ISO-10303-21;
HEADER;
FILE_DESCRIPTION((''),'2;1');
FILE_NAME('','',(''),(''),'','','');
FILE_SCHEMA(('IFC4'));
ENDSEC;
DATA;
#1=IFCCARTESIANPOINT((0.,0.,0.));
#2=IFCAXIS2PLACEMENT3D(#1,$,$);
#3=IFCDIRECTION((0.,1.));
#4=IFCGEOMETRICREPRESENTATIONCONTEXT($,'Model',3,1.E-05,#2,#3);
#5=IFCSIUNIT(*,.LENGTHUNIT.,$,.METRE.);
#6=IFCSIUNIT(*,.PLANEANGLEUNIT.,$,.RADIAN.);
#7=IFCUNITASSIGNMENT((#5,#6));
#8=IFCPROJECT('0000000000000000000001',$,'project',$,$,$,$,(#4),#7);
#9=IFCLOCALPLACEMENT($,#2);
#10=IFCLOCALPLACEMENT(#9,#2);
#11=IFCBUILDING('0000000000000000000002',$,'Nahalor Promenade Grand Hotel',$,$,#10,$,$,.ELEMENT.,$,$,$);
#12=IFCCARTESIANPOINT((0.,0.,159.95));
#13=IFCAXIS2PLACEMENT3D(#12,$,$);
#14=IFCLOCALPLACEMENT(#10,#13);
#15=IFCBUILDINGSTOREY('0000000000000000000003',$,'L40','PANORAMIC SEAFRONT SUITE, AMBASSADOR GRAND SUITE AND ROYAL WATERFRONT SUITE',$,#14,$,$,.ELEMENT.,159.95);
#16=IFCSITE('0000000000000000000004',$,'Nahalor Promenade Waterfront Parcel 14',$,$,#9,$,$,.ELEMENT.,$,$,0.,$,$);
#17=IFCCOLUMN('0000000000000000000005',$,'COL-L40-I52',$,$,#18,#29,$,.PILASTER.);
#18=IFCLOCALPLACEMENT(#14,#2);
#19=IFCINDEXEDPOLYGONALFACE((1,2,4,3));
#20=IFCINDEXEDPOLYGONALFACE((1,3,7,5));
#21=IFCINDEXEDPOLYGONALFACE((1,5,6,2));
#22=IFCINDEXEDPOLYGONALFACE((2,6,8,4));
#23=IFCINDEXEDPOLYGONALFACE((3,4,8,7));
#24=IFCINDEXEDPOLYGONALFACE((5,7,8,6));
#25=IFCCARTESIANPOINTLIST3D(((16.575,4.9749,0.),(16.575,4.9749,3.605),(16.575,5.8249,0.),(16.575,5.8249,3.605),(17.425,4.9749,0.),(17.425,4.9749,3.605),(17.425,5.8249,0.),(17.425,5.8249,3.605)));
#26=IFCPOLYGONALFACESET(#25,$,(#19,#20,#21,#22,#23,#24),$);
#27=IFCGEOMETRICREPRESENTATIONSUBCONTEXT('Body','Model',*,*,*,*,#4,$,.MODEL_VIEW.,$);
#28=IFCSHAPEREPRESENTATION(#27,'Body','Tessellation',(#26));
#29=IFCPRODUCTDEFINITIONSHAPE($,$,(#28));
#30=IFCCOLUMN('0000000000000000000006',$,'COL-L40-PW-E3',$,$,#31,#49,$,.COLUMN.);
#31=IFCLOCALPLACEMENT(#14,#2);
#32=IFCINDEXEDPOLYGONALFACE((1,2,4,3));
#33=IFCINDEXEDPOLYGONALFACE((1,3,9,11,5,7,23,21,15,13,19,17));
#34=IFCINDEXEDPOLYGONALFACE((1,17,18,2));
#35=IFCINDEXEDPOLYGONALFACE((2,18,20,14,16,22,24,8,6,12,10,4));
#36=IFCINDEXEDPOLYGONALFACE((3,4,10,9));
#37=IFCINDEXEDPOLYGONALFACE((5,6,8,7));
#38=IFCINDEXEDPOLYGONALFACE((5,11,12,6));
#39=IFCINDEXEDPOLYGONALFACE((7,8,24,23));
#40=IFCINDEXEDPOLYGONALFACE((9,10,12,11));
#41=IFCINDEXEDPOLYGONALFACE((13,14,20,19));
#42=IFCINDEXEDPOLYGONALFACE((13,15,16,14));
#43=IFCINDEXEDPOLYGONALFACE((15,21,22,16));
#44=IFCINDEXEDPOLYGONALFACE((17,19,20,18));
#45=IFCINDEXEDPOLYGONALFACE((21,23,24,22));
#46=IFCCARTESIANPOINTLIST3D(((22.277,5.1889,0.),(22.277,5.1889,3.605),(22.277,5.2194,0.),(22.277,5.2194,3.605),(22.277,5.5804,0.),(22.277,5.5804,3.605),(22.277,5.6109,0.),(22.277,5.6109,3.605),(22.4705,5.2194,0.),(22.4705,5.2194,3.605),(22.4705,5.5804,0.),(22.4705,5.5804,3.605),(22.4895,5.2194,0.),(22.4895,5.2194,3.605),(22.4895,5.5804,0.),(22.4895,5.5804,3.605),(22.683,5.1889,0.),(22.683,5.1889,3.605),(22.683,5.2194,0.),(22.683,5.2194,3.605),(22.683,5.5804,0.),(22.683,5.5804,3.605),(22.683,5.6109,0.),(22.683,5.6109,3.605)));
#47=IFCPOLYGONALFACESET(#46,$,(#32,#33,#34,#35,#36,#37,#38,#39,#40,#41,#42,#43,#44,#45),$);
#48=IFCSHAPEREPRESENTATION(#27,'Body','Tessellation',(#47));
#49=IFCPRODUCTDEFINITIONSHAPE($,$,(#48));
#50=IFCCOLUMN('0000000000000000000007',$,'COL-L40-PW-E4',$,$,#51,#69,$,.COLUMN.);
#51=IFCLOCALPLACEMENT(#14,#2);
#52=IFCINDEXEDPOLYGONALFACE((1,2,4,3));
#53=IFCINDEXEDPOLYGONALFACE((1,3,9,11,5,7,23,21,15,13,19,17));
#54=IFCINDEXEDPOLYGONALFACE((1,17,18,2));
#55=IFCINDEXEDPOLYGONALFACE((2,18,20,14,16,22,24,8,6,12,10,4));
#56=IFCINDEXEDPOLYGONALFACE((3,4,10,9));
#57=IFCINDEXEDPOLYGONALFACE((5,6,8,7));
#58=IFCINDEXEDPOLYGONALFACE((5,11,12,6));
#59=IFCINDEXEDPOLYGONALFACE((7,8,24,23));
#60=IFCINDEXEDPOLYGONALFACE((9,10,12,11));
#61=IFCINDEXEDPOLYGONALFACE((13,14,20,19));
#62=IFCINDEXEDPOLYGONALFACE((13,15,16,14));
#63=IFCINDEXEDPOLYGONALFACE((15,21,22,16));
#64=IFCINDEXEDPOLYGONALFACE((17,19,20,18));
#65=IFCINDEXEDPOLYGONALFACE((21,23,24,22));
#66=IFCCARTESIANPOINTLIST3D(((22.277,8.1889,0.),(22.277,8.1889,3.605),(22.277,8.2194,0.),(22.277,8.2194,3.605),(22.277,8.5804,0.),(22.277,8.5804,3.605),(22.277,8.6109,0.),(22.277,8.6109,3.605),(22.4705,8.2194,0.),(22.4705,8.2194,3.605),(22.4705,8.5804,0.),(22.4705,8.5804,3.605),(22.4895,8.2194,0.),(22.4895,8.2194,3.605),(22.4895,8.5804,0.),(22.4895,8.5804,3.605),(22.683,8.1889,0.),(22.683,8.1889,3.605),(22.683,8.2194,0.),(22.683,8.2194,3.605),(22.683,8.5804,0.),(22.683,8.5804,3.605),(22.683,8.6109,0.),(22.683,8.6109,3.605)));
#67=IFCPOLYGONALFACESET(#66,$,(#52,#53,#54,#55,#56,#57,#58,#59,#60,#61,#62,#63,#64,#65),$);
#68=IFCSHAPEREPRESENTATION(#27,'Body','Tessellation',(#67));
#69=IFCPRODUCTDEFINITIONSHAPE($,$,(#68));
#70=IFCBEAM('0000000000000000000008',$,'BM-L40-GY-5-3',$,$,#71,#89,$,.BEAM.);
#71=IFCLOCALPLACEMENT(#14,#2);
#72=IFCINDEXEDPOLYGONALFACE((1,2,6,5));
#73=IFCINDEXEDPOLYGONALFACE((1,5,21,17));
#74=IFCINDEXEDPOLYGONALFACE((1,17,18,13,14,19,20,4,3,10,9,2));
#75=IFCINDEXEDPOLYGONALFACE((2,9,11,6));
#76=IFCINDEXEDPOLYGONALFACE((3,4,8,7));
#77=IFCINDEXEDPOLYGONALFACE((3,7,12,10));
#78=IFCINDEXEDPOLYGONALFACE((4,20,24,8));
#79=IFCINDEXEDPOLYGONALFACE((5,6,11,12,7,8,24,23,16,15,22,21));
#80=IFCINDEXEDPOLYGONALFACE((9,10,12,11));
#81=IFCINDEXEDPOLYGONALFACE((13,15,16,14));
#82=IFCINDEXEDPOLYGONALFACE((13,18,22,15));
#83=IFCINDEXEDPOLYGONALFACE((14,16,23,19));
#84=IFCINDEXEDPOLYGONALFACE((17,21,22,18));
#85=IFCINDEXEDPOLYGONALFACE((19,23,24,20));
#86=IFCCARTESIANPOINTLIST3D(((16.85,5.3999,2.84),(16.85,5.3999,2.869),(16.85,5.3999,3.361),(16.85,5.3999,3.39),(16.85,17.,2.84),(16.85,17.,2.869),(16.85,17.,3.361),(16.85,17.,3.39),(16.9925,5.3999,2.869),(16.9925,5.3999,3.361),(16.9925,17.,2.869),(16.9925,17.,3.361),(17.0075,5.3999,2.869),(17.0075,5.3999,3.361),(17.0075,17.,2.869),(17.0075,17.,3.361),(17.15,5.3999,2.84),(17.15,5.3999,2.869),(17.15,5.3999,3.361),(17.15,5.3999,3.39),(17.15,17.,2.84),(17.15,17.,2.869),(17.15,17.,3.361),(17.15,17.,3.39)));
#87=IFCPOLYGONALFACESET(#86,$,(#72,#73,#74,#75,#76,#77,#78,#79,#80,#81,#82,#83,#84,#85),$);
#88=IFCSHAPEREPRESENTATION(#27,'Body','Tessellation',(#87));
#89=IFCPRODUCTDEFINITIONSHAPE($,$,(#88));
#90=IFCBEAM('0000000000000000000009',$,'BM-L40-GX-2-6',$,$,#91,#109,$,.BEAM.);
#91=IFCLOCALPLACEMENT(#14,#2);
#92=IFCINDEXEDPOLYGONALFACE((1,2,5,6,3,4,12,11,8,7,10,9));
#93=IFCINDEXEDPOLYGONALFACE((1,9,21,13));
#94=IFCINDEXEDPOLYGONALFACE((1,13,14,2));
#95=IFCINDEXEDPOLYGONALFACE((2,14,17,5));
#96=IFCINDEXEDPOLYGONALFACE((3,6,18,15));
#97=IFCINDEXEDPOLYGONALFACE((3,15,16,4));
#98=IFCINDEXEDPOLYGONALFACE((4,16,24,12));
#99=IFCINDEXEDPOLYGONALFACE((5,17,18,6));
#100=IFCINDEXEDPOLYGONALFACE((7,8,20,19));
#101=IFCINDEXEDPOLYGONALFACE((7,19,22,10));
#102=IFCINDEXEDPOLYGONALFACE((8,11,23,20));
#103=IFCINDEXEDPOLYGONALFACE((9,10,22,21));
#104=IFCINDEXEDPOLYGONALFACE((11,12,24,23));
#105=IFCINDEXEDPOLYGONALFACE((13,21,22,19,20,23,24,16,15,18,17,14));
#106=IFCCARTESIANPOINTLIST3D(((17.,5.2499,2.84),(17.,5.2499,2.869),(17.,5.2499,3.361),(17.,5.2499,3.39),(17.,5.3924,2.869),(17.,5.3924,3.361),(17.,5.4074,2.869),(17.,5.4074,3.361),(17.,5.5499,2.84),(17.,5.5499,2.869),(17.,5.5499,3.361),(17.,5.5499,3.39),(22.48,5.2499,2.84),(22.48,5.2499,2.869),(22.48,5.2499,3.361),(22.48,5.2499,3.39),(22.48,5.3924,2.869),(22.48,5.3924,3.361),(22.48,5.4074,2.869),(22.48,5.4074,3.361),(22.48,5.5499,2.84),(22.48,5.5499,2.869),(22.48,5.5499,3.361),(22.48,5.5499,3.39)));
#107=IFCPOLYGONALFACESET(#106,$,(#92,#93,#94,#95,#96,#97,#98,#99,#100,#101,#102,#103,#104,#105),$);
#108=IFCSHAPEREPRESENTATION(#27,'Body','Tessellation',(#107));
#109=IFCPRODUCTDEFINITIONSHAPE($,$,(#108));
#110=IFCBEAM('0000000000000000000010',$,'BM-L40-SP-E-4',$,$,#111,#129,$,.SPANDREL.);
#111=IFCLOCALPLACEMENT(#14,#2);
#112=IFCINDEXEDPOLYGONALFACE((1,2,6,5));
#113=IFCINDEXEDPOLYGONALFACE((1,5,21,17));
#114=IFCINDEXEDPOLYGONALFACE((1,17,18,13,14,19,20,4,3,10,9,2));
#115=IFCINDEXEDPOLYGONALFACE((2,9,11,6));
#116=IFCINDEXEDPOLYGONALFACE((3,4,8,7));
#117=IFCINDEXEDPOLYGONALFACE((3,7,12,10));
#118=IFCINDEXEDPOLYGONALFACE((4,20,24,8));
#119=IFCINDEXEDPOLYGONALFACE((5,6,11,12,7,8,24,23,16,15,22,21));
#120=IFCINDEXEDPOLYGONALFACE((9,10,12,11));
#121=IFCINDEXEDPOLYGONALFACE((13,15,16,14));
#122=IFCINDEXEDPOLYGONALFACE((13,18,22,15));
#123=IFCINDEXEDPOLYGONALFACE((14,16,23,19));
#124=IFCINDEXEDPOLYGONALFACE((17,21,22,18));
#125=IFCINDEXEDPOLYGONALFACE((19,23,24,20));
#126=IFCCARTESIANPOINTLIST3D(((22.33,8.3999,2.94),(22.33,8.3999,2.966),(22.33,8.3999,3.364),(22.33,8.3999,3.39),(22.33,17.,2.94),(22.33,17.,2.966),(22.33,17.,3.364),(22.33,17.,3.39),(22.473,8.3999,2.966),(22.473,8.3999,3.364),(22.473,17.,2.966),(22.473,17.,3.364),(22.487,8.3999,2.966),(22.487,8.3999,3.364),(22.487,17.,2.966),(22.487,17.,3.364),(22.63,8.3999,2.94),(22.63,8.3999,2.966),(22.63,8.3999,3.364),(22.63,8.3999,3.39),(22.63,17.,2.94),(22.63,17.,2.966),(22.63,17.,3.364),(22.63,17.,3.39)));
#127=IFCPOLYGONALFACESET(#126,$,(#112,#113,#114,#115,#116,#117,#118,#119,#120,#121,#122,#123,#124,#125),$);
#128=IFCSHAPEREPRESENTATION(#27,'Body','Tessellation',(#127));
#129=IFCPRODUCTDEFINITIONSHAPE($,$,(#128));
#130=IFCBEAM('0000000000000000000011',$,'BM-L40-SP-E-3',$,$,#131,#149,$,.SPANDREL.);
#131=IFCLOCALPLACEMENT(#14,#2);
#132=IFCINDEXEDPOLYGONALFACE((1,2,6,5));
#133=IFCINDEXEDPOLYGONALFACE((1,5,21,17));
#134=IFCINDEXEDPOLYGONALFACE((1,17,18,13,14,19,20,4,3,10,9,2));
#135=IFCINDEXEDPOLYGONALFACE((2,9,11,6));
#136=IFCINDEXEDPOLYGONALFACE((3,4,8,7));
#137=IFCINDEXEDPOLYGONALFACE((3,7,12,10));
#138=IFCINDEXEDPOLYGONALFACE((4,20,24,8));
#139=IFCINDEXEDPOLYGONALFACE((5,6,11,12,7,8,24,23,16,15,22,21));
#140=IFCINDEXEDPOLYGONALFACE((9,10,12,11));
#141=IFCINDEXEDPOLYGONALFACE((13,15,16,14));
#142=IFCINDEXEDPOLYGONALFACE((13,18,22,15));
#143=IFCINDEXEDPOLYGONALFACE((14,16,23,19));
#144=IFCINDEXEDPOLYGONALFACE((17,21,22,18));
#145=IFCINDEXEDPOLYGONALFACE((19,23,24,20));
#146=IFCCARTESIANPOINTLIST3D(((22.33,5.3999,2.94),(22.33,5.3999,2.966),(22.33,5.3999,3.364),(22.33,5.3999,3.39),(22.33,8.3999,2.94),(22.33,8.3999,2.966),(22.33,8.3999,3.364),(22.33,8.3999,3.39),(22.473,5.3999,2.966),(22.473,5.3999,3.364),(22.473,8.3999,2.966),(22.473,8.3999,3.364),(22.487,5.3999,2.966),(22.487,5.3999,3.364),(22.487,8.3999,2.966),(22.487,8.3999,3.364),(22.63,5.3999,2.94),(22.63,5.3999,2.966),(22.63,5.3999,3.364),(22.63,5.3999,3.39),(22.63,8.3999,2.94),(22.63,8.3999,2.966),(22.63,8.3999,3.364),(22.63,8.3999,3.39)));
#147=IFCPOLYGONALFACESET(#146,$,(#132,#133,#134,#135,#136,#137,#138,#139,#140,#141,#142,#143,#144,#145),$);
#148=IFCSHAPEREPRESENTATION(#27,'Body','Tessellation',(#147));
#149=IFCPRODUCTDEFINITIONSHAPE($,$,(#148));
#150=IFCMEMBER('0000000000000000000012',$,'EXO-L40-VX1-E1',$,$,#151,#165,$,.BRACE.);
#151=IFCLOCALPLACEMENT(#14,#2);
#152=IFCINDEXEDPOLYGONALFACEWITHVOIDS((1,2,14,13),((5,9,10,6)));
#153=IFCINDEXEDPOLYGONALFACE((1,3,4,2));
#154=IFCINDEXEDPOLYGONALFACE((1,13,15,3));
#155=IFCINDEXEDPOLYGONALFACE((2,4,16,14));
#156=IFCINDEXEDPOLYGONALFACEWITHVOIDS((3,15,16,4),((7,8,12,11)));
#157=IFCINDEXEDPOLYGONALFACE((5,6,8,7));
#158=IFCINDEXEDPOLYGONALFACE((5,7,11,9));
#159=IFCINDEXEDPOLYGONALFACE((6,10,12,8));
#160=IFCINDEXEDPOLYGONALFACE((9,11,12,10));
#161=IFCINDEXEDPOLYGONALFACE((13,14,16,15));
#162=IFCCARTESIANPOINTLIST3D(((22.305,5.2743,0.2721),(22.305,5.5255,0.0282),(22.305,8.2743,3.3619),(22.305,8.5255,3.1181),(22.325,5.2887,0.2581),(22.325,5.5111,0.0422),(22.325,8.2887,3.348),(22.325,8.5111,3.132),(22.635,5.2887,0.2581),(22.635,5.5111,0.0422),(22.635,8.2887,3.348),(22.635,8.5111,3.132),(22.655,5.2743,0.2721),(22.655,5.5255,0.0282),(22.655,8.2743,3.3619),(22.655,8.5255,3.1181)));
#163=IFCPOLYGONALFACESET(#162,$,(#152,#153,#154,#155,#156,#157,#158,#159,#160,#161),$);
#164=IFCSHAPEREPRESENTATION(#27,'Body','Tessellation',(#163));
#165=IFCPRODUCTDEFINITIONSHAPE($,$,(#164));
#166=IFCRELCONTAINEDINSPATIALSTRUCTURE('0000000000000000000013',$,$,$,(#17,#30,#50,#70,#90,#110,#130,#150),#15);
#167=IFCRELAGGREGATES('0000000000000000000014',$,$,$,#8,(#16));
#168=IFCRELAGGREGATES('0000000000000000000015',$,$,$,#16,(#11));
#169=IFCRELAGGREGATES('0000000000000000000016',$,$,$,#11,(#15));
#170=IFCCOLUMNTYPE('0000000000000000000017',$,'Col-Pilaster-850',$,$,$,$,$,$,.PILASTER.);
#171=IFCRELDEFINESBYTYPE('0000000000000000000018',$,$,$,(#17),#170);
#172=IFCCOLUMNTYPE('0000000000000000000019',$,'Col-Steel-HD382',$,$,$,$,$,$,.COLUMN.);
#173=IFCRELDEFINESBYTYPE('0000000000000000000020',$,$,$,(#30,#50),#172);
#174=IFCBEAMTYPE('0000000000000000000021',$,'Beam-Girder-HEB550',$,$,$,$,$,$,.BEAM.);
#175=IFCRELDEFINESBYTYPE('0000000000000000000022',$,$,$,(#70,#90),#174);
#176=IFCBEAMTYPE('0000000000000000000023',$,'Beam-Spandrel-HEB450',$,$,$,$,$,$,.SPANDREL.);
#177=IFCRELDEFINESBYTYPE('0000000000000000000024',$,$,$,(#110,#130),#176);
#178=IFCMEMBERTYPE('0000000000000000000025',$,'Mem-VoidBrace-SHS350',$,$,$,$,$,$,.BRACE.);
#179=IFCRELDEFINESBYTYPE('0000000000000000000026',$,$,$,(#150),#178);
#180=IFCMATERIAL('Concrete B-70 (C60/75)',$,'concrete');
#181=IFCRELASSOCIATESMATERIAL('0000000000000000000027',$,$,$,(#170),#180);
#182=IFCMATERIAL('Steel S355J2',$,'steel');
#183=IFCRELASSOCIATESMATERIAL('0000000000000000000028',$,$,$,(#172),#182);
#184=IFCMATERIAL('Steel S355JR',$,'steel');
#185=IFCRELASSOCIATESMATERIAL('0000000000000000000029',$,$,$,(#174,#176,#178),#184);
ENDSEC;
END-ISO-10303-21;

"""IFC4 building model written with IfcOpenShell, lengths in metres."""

from ifc_helpers import new_model, si_unit, direction, frame, origin, origin_2d, place, context, subcontext, project, spatial, rectangle, hollow_rectangle, i_section, extrude, source, transform, mapped, material, material_profile, profile_set, type_object, element, save


model = new_model("IFC4")

# Units and contexts
model_context = context("Model", 3, precision=1e-05, world=origin(), true_north=direction((0.0, 1.0)))
body_context = subcontext(model_context, "Body", "Model", "MODEL_VIEW")
ifc_project = project(units=[si_unit("LENGTHUNIT", "METRE"), si_unit("PLANEANGLEUNIT", "RADIAN")], contexts=[model_context])

# Site, building, storey
site_placement = place(None, origin())
site = spatial("IfcSite", under=ifc_project, at=site_placement, Name="Nahalor Promenade Waterfront Parcel 14", CompositionType="ELEMENT", RefElevation=0.0)
building_placement = place(site_placement, origin())
building = spatial("IfcBuilding", under=site, at=building_placement, Name="Nahalor Promenade Grand Hotel", CompositionType="ELEMENT")
storey_placement = place(building_placement, frame((0.0, 0.0, 159.95)))
storey = spatial("IfcBuildingStorey", under=building, at=storey_placement, Name="L40", Description="PANORAMIC SEAFRONT SUITE, AMBASSADOR GRAND SUITE AND ROYAL WATERFRONT SUITE", CompositionType="ELEMENT", Elevation=159.95)

# Columns
ifc_material_1 = material(Name="Concrete B-70 (C60/75)", Category="concrete")
ifc_material_profile_1 = material_profile(ifc_material_1, rectangle(XDim=0.85, YDim=0.85, at=origin_2d()), Name="RC 850x850")
ifc_profile_set_1 = profile_set([ifc_material_profile_1], Name="Concrete B-70 (C60/75)")
column_type_1 = type_object("IfcColumnType", Name="Col-Pilaster-850", PredefinedType="PILASTER", material=ifc_profile_set_1)
shared_shape_1 = source(origin(), body_context, "Body", "SweptSolid", [
    extrude(rectangle(XDim=0.85, YDim=0.85, at=origin_2d()), origin(), (0.0, 0.0, 1.0), 3.605),
])
column_placement = place(storey_placement, frame((17.0, 5.3999, 0.0), z_axis=(0.0, 0.0, 1.0), x_axis=(1.0, 0.0, 0.0)))
element("IfcColumn", 1, at=column_placement, inside=storey, type_object=column_type_1, Name="COL-L40-I52", PredefinedType="PILASTER", context=body_context, shape_type="MappedRepresentation", body=[
    mapped(shared_shape_1, transform((0.0, 0.0, 0.0), scale=1.0)),
])
ifc_material_2 = material(Name="Steel S355J2", Category="steel")
ifc_material_profile_2 = material_profile(ifc_material_2, i_section(OverallWidth=0.406, OverallDepth=0.422, WebThickness=0.019, FlangeThickness=0.0305, at=origin_2d()), Name="HD 400x382")
ifc_profile_set_2 = profile_set([ifc_material_profile_2], Name="Steel S355J2")
column_type_2 = type_object("IfcColumnType", Name="Col-Steel-HD382", PredefinedType="COLUMN", material=ifc_profile_set_2)
shared_shape_2 = source(origin(), body_context, "Body", "SweptSolid", [
    extrude(i_section(OverallWidth=0.406, OverallDepth=0.422, WebThickness=0.019, FlangeThickness=0.0305, at=origin_2d()), origin(), (0.0, 0.0, 1.0), 3.605),
])
for number, where, z_axis, x_axis, name in (
    (2, (22.48, 5.3999, 0.0), (0.0, 0.0, 1.0), (1.0, 0.0, 0.0), "COL-L40-PW-E3"),
    (3, (22.48, 8.3999, 0.0), (0.0, 0.0, 1.0), (1.0, 0.0, 0.0), "COL-L40-PW-E4"),
):
    element("IfcColumn", number, at=place(storey_placement, frame(where, z_axis=z_axis, x_axis=x_axis)), inside=storey, type_object=column_type_2, Name=name, PredefinedType="COLUMN", context=body_context, shape_type="MappedRepresentation", body=[
        mapped(shared_shape_2, transform((0.0, 0.0, 0.0), scale=1.0)),
    ])

# Beams
ifc_material_3 = material(Name="Steel S355JR", Category="steel")
ifc_material_profile_3 = material_profile(ifc_material_3, i_section(OverallWidth=0.3, OverallDepth=0.55, WebThickness=0.015, FlangeThickness=0.029, at=origin_2d()), Name="HEB 550")
ifc_profile_set_3 = profile_set([ifc_material_profile_3], Name="Steel S355JR")
beam_type_1 = type_object("IfcBeamType", Name="Beam-Girder-HEB550", PredefinedType="BEAM", material=ifc_profile_set_3)
shared_shape_3 = source(origin(), body_context, "Body", "SweptSolid", [
    extrude(i_section(OverallWidth=0.3, OverallDepth=0.55, WebThickness=0.015, FlangeThickness=0.029, at=origin_2d()), origin(), (0.0, 0.0, 1.0), 11.6001),
])
beam_1_placement = place(storey_placement, frame((17.0, 5.3999, 3.115), z_axis=(0.0, 1.0, 0.0), x_axis=(-1.0, 0.0, 0.0)))
element("IfcBeam", 4, at=beam_1_placement, inside=storey, type_object=beam_type_1, Name="BM-L40-GY-5-3", PredefinedType="BEAM", context=body_context, shape_type="MappedRepresentation", body=[
    mapped(shared_shape_3, transform((0.0, 0.0, 0.0), scale=1.0)),
])
shared_shape_4 = source(origin(), body_context, "Body", "SweptSolid", [
    extrude(i_section(OverallWidth=0.3, OverallDepth=0.55, WebThickness=0.015, FlangeThickness=0.029, at=origin_2d()), origin(), (0.0, 0.0, 1.0), 5.48),
])
beam_2_placement = place(storey_placement, frame((17.0, 5.3999, 3.115), z_axis=(1.0, 0.0, 0.0), x_axis=(0.0, 1.0, 0.0)))
element("IfcBeam", 5, at=beam_2_placement, inside=storey, type_object=beam_type_1, Name="BM-L40-GX-2-6", PredefinedType="BEAM", context=body_context, shape_type="MappedRepresentation", body=[
    mapped(shared_shape_4, transform((0.0, 0.0, 0.0), scale=1.0)),
])
ifc_material_profile_4 = material_profile(ifc_material_3, i_section(OverallWidth=0.3, OverallDepth=0.45, WebThickness=0.014, FlangeThickness=0.026, at=origin_2d()), Name="HEB 450")
ifc_profile_set_4 = profile_set([ifc_material_profile_4], Name="Steel S355JR")
beam_type_2 = type_object("IfcBeamType", Name="Beam-Spandrel-HEB450", PredefinedType="SPANDREL", material=ifc_profile_set_4)
shared_shape_5 = source(origin(), body_context, "Body", "SweptSolid", [
    extrude(i_section(OverallWidth=0.3, OverallDepth=0.45, WebThickness=0.014, FlangeThickness=0.026, at=origin_2d()), origin(), (0.0, 0.0, 1.0), 8.6001),
])
beam_3_placement = place(storey_placement, frame((22.48, 8.3999, 3.165), z_axis=(0.0, 1.0, 0.0), x_axis=(-1.0, 0.0, 0.0)))
element("IfcBeam", 6, at=beam_3_placement, inside=storey, type_object=beam_type_2, Name="BM-L40-SP-E-4", PredefinedType="SPANDREL", context=body_context, shape_type="MappedRepresentation", body=[
    mapped(shared_shape_5, transform((0.0, 0.0, 0.0), scale=1.0)),
])
shared_shape_6 = source(origin(), body_context, "Body", "SweptSolid", [
    extrude(i_section(OverallWidth=0.3, OverallDepth=0.45, WebThickness=0.014, FlangeThickness=0.026, at=origin_2d()), origin(), (0.0, 0.0, 1.0), 3.0),
])
beam_4_placement = place(storey_placement, frame((22.48, 5.3999, 3.165), z_axis=(0.0, 1.0, 0.0), x_axis=(-1.0, 0.0, 0.0)))
element("IfcBeam", 7, at=beam_4_placement, inside=storey, type_object=beam_type_2, Name="BM-L40-SP-E-3", PredefinedType="SPANDREL", context=body_context, shape_type="MappedRepresentation", body=[
    mapped(shared_shape_6, transform((0.0, 0.0, 0.0), scale=1.0)),
])

# Member
ifc_material_profile_5 = material_profile(ifc_material_3, hollow_rectangle(XDim=0.35, YDim=0.35, WallThickness=0.02, at=origin_2d()), Name="SHS 350x350x20")
ifc_profile_set_5 = profile_set([ifc_material_profile_5], Name="Steel S355JR")
member_type_1 = type_object("IfcMemberType", Name="Mem-VoidBrace-SHS350", PredefinedType="BRACE", material=ifc_profile_set_5)
shared_shape_7 = source(origin(), body_context, "Body", "SweptSolid", [
    extrude(hollow_rectangle(XDim=0.35, YDim=0.35, WallThickness=0.02, at=origin_2d()), origin(), (0.0, 0.0, 1.0), 4.3066),
])
member_1_placement = place(storey_placement, frame((22.48, 5.3999, 0.1501), z_axis=(0.0, 0.696599, 0.717461), x_axis=(-1.0, 0.0, 0.0)))
element("IfcMember", 8, at=member_1_placement, inside=storey, type_object=member_type_1, Name="EXO-L40-VX1-E1", PredefinedType="BRACE", context=body_context, shape_type="MappedRepresentation", body=[
    mapped(shared_shape_7, transform((0.0, 0.0, 0.0), scale=1.0)),
])

save(model, "model.ifc")
